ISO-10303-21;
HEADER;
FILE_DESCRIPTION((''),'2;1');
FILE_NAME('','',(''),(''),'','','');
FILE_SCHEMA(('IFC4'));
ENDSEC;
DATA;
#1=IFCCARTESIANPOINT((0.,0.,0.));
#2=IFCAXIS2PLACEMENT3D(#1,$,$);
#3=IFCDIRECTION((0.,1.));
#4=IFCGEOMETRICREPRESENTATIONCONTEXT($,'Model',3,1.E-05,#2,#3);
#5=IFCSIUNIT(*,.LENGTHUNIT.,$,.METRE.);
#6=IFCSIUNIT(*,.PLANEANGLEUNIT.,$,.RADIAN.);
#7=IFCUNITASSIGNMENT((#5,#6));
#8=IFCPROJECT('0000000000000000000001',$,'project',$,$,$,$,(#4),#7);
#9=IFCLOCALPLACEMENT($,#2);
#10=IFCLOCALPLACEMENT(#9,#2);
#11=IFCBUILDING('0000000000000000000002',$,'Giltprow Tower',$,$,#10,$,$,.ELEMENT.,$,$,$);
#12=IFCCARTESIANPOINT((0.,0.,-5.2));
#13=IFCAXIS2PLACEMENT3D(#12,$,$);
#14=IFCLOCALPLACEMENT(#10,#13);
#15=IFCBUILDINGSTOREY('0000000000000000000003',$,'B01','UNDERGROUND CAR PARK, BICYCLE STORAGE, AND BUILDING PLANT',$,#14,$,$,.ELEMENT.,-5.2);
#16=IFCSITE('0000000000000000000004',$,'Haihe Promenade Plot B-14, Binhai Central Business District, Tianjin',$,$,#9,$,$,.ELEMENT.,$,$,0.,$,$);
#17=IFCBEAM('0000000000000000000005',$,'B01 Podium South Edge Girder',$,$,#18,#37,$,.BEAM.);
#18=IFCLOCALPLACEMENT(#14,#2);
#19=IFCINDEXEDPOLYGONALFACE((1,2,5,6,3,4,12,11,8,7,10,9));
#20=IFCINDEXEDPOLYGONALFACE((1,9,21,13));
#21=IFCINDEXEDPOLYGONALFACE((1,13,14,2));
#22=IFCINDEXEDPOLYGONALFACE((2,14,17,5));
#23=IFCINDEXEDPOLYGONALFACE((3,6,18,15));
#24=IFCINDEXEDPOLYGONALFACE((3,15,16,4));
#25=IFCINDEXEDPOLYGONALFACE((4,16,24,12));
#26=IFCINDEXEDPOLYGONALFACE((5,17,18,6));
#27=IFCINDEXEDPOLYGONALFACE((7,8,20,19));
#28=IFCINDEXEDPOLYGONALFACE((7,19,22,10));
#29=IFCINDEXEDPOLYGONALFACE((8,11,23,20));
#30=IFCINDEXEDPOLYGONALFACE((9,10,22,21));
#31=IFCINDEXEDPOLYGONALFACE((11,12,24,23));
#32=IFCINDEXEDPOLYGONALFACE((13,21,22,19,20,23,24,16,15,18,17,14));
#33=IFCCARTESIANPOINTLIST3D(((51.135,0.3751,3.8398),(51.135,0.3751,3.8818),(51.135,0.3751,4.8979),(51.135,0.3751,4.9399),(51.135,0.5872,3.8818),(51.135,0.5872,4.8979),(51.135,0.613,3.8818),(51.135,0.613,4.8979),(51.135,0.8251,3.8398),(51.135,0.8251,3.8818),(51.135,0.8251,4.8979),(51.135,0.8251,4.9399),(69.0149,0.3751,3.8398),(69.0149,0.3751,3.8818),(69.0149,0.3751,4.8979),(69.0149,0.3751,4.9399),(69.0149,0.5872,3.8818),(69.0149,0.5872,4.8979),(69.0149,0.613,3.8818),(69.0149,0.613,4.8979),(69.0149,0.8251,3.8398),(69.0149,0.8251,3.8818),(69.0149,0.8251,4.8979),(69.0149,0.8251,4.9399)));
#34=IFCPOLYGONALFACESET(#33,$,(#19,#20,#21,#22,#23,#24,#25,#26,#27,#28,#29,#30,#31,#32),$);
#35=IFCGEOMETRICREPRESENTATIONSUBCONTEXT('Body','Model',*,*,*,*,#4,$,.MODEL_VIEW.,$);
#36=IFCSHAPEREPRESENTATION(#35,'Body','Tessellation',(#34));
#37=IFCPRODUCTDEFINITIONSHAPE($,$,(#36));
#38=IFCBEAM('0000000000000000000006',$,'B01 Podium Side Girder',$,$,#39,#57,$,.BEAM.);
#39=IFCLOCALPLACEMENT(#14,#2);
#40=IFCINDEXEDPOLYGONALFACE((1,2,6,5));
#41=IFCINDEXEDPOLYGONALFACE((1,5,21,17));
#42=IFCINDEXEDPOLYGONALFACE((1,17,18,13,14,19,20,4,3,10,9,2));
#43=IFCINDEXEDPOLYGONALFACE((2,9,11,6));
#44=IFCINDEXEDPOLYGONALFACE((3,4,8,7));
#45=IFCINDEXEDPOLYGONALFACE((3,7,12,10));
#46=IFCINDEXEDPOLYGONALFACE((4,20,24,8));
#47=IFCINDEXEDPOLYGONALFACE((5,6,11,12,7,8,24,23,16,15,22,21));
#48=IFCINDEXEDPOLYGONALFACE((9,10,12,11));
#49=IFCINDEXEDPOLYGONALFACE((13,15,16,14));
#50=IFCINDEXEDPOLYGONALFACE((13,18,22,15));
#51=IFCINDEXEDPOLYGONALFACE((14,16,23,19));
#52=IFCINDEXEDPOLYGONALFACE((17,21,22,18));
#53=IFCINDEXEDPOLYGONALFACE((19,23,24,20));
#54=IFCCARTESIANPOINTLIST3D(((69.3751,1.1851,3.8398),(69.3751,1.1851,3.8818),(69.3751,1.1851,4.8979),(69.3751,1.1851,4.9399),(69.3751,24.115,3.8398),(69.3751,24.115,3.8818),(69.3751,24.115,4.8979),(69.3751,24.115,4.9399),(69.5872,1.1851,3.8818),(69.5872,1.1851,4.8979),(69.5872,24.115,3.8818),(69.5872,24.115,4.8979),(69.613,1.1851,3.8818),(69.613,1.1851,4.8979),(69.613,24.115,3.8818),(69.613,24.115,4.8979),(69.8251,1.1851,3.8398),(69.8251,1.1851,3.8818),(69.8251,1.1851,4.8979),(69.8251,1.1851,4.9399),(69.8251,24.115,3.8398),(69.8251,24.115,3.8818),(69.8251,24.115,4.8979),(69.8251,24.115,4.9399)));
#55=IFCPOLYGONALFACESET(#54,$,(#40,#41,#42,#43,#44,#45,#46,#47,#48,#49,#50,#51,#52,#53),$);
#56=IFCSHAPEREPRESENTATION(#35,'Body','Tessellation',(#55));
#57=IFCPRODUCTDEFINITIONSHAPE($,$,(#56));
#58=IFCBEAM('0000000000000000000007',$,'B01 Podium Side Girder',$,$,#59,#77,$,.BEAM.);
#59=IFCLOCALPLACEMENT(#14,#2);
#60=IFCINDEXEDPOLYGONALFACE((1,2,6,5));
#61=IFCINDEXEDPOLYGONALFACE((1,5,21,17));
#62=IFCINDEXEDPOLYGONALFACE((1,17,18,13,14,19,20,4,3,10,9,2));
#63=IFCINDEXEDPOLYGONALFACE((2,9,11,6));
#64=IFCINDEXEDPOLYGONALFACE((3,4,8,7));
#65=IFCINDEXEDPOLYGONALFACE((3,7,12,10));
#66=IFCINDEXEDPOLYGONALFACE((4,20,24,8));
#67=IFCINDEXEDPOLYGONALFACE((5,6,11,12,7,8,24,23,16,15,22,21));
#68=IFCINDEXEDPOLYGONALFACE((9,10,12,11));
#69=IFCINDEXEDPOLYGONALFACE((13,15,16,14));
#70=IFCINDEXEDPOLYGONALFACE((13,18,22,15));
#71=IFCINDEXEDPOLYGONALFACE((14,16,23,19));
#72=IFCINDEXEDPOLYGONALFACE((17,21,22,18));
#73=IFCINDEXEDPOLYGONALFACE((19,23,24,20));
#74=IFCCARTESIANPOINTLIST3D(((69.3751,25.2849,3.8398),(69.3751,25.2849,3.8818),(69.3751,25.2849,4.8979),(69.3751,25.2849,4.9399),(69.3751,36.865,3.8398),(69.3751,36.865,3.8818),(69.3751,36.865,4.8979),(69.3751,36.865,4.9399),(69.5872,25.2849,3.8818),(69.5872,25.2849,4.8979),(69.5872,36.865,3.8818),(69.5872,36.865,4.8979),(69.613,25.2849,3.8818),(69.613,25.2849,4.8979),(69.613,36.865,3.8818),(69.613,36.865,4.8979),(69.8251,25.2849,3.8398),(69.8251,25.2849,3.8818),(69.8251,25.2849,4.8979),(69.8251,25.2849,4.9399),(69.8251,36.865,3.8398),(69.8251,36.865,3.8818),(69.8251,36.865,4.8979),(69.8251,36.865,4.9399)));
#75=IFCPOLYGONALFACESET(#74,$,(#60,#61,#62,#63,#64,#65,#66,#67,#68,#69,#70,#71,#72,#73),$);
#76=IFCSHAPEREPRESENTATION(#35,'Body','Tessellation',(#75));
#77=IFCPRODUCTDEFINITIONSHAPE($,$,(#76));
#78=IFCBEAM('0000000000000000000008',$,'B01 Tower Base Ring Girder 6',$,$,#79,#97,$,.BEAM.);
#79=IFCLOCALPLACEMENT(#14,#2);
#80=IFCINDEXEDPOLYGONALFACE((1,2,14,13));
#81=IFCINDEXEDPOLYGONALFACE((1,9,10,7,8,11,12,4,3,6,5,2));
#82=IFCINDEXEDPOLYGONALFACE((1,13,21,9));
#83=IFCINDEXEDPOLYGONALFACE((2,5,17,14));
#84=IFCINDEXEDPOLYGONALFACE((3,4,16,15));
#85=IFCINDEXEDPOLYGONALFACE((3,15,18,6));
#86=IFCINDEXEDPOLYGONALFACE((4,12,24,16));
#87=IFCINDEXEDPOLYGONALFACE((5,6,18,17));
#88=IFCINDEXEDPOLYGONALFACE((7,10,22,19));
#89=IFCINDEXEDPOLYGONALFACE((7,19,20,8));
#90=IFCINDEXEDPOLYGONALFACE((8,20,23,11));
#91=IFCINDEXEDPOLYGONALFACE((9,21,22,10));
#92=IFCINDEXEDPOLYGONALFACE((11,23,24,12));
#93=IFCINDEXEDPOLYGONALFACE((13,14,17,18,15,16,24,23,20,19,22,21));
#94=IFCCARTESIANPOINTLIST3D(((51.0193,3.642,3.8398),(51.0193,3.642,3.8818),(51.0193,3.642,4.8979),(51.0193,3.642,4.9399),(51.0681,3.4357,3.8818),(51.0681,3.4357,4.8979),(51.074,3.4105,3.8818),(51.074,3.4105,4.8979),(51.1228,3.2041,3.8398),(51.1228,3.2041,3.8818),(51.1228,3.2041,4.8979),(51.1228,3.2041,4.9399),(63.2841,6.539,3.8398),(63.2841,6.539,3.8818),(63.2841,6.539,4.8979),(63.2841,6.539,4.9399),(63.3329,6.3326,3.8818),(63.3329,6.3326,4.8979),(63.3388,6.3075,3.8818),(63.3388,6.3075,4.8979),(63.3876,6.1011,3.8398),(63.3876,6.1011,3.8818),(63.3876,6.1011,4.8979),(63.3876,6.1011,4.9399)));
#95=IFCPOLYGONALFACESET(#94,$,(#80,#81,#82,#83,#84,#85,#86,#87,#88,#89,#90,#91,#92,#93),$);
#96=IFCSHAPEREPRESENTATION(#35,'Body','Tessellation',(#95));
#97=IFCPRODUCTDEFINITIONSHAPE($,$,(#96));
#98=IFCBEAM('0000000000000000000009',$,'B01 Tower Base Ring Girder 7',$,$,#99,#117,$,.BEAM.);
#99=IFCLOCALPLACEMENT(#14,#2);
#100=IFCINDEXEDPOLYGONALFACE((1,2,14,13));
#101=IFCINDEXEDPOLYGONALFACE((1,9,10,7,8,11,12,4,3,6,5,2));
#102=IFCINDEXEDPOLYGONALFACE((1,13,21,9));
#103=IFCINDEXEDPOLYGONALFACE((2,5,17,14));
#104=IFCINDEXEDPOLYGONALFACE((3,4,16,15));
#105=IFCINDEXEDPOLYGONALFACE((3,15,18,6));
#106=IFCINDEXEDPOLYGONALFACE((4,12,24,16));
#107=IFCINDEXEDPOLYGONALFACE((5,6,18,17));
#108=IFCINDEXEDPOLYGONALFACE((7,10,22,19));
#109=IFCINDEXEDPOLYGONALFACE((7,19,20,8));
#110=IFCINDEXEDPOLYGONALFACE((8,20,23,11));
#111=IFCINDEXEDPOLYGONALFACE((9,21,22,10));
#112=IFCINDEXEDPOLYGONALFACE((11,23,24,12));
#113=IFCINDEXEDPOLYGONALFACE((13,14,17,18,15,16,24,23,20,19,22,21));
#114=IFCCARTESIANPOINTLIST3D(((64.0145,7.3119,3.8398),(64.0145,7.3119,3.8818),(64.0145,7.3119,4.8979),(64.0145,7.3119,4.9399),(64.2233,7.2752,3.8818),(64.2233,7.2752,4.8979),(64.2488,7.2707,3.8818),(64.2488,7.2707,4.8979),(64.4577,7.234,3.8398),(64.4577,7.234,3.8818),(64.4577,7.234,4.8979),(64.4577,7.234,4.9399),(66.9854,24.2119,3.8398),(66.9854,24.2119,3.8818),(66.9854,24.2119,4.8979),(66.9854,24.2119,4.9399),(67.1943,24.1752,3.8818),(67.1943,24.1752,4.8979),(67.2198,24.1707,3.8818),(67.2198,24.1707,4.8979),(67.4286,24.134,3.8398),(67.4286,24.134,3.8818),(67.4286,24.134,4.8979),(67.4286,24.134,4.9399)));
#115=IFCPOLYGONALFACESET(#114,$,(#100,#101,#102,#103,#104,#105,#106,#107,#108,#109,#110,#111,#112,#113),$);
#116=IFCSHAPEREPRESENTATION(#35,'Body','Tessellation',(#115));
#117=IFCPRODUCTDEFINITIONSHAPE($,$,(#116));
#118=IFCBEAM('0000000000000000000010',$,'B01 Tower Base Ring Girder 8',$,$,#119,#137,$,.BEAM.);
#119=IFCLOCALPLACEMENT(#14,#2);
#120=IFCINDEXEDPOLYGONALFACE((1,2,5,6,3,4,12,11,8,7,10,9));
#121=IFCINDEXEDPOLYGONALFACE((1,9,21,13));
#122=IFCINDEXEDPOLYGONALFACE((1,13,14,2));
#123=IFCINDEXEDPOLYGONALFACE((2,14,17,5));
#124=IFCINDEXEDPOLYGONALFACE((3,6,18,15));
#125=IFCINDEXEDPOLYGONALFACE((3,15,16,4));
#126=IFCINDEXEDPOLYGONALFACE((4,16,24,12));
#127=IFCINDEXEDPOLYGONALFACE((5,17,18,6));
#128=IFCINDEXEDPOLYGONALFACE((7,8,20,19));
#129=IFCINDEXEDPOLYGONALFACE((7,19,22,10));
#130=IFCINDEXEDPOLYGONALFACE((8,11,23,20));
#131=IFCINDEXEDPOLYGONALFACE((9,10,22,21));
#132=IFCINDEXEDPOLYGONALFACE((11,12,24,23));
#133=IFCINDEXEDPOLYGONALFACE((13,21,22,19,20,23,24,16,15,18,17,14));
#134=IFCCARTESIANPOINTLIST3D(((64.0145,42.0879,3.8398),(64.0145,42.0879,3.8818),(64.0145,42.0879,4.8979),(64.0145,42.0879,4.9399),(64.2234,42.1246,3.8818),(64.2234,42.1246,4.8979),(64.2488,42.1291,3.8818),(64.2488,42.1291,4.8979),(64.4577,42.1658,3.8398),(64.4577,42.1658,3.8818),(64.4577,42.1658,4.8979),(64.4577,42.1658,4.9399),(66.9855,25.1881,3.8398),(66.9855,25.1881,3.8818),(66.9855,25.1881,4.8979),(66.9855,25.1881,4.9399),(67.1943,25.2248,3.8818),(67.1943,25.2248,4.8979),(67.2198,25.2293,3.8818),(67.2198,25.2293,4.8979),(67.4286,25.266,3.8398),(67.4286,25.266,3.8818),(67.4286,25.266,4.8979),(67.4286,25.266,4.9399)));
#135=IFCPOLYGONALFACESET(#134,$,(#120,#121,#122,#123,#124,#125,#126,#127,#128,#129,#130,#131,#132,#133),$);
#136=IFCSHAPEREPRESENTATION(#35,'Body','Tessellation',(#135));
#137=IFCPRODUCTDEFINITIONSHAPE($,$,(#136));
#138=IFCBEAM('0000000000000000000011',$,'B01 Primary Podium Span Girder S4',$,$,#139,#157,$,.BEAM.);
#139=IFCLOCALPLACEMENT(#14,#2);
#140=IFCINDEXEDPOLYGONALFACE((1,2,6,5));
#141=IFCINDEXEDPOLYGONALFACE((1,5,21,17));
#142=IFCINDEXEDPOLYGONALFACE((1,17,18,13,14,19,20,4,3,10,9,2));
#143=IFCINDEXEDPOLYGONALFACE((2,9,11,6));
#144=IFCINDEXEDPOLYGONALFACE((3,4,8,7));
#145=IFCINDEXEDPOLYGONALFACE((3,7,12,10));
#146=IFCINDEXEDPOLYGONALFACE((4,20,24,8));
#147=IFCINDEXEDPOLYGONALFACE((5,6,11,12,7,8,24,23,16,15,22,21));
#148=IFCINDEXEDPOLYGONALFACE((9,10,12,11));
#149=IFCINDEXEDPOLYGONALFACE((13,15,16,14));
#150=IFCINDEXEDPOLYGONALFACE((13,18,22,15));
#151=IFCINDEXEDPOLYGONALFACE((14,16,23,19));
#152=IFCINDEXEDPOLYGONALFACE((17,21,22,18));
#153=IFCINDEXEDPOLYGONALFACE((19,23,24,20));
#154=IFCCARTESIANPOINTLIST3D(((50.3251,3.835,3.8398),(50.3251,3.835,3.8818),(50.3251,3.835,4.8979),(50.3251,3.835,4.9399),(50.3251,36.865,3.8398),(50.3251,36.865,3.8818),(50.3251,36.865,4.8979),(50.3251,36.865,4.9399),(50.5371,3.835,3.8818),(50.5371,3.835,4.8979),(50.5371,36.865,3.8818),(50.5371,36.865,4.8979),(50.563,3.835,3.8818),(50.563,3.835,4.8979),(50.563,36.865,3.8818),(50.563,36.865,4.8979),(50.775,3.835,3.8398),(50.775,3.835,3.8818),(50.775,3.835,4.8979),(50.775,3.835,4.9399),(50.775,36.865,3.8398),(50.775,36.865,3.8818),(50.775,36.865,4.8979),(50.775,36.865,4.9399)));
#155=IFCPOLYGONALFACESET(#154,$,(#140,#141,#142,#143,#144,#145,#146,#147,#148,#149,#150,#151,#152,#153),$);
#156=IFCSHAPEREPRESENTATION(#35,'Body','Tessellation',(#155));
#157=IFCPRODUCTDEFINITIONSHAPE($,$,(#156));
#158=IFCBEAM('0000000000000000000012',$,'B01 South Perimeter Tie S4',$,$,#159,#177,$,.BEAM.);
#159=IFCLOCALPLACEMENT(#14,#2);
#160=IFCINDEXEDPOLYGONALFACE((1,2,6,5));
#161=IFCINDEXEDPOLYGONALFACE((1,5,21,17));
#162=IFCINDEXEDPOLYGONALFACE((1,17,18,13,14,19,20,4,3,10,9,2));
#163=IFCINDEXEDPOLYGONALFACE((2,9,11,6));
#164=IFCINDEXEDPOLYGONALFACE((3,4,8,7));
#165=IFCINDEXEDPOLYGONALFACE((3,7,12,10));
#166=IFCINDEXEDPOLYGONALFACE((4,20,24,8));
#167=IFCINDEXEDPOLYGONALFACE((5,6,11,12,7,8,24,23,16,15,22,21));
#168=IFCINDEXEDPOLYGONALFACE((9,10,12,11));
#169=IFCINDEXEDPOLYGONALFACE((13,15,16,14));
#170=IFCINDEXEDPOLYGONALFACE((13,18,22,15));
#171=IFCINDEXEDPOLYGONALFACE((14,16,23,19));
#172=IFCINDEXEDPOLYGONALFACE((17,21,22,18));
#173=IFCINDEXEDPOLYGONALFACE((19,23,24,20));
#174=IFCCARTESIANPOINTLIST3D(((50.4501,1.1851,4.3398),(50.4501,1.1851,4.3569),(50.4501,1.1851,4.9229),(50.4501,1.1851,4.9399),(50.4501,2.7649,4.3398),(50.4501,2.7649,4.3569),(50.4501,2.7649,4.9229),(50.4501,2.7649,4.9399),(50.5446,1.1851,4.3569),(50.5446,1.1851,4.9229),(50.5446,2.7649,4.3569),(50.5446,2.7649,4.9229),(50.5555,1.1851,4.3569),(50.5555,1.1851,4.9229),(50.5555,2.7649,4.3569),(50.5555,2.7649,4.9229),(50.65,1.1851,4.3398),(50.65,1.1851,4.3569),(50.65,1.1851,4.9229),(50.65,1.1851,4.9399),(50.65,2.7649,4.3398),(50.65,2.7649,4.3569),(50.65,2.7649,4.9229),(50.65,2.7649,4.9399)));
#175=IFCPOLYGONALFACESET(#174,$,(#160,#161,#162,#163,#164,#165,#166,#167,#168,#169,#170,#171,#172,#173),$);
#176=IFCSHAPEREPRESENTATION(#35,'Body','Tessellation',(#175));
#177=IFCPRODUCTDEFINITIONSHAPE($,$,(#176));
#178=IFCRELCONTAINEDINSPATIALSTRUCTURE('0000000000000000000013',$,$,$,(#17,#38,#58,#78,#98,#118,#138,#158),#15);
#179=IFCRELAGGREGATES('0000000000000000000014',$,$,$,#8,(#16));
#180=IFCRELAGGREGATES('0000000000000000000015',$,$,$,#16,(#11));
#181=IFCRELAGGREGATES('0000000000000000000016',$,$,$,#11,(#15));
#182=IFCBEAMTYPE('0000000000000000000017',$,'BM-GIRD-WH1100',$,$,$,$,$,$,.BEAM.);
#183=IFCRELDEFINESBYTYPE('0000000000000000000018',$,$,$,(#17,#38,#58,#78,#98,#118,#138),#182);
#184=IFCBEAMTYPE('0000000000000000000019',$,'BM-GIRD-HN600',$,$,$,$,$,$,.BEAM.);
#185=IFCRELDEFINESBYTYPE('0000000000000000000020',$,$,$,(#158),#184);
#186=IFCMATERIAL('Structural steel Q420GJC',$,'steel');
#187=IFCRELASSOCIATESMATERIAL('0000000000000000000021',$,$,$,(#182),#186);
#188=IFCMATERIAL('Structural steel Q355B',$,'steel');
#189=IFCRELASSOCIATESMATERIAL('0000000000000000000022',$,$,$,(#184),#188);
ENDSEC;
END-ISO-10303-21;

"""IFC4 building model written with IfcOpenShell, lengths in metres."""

from ifc_helpers import new_model, si_unit, direction, frame, origin, origin_2d, place, context, subcontext, project, spatial, i_section, extrude, source, transform, mapped, material, material_profile, profile_set, type_object, element, save


model = new_model("IFC4")

# Units and contexts
model_context = context("Model", 3, precision=1e-05, world=origin(), true_north=direction((0.0, 1.0)))
body_context = subcontext(model_context, "Body", "Model", "MODEL_VIEW")
ifc_project = project(units=[si_unit("LENGTHUNIT", "METRE"), si_unit("PLANEANGLEUNIT", "RADIAN")], contexts=[model_context])

# Site, building, storey
site_placement = place(None, origin())
site = spatial("IfcSite", under=ifc_project, at=site_placement, Name="Haihe Promenade Plot B-14, Binhai Central Business District, Tianjin", CompositionType="ELEMENT", RefElevation=0.0)
building_placement = place(site_placement, origin())
building = spatial("IfcBuilding", under=site, at=building_placement, Name="Giltprow Tower", CompositionType="ELEMENT")
storey_placement = place(building_placement, frame((0.0, 0.0, -5.2)))
storey = spatial("IfcBuildingStorey", under=building, at=storey_placement, Name="B01", Description="UNDERGROUND CAR PARK, BICYCLE STORAGE, AND BUILDING PLANT", CompositionType="ELEMENT", Elevation=-5.2)

# Shared definitions
ifc_material_1 = material(Name="Structural steel Q420GJC", Category="steel")

# Beams
ifc_material_profile_1 = material_profile(ifc_material_1, i_section(OverallWidth=0.45, OverallDepth=1.1001, WebThickness=0.0259, FlangeThickness=0.042, at=origin_2d()), Name="WH 1100x450x26x42")
ifc_profile_set_1 = profile_set([ifc_material_profile_1], Name="Structural steel Q420GJC")
beam_type_1 = type_object("IfcBeamType", Name="BM-GIRD-WH1100", PredefinedType="BEAM", material=ifc_profile_set_1)
shared_shape_1 = source(origin(), body_context, "Body", "SweptSolid", [
    extrude(i_section(OverallWidth=0.45, OverallDepth=1.1001, WebThickness=0.0259, FlangeThickness=0.042, at=origin_2d()), origin(), (0.0, 0.0, 1.0), 17.8799),
])
beam_1_placement = place(storey_placement, frame((51.135, 0.6001, 4.3899), z_axis=(1.0, 0.0, 0.0), x_axis=(0.0, 1.0, 0.0)))
element("IfcBeam", 1, at=beam_1_placement, inside=storey, type_object=beam_type_1, Name="B01 Podium South Edge Girder", PredefinedType="BEAM", context=body_context, shape_type="MappedRepresentation", body=[
    mapped(shared_shape_1, transform((0.0, 0.0, 0.0), x_axis=(1.0, 0.0, 0.0), y_axis=(0.0, 1.0, 0.0), z_axis=(0.0, 0.0, 1.0), scale=1.0)),
])
shared_shape_2 = source(origin(), body_context, "Body", "SweptSolid", [
    extrude(i_section(OverallWidth=0.45, OverallDepth=1.1001, WebThickness=0.0259, FlangeThickness=0.042, at=origin_2d()), origin(), (0.0, 0.0, 1.0), 22.9299),
])
beam_2_placement = place(storey_placement, frame((69.6001, 1.1851, 4.3899), z_axis=(0.0, 1.0, 0.0), x_axis=(-1.0, 0.0, 0.0)))
element("IfcBeam", 2, at=beam_2_placement, inside=storey, type_object=beam_type_1, Name="B01 Podium Side Girder", PredefinedType="BEAM", context=body_context, shape_type="MappedRepresentation", body=[
    mapped(shared_shape_2, transform((0.0, 0.0, 0.0), x_axis=(1.0, 0.0, 0.0), y_axis=(0.0, 1.0, 0.0), z_axis=(0.0, 0.0, 1.0), scale=1.0)),
])
shared_shape_3 = source(origin(), body_context, "Body", "SweptSolid", [
    extrude(i_section(OverallWidth=0.45, OverallDepth=1.1001, WebThickness=0.0259, FlangeThickness=0.042, at=origin_2d()), origin(), (0.0, 0.0, 1.0), 11.5801),
])
beam_3_placement = place(storey_placement, frame((69.6001, 25.2849, 4.3899), z_axis=(0.0, 1.0, 0.0), x_axis=(-1.0, 0.0, 0.0)))
element("IfcBeam", 3, at=beam_3_placement, inside=storey, type_object=beam_type_1, Name="B01 Podium Side Girder", PredefinedType="BEAM", context=body_context, shape_type="MappedRepresentation", body=[
    mapped(shared_shape_3, transform((0.0, 0.0, 0.0), x_axis=(1.0, 0.0, 0.0), y_axis=(0.0, 1.0, 0.0), z_axis=(0.0, 0.0, 1.0), scale=1.0)),
])
shared_shape_4 = source(origin(), body_context, "Body", "SweptSolid", [
    extrude(i_section(OverallWidth=0.45, OverallDepth=1.1001, WebThickness=0.0259, FlangeThickness=0.042, at=origin_2d()), origin(), (0.0, 0.0, 1.0), 12.6023),
])
beam_4_placement = place(storey_placement, frame((51.071, 3.4231, 4.3899), z_axis=(0.97322, 0.229875, 0.0), x_axis=(-0.229875, 0.97322, 0.0)))
element("IfcBeam", 4, at=beam_4_placement, inside=storey, type_object=beam_type_1, Name="B01 Tower Base Ring Girder 6", PredefinedType="BEAM", context=body_context, shape_type="MappedRepresentation", body=[
    mapped(shared_shape_4, transform((0.0, 0.0, 0.0), x_axis=(1.0, 0.0, 0.0), y_axis=(0.0, 1.0, 0.0), z_axis=(0.0, 0.0, 1.0), scale=1.0)),
])
shared_shape_5 = source(origin(), body_context, "Body", "SweptSolid", [
    extrude(i_section(OverallWidth=0.45, OverallDepth=1.1001, WebThickness=0.0259, FlangeThickness=0.042, at=origin_2d()), origin(), (0.0, 0.0, 1.0), 17.1592),
])
beam_5_placement = place(storey_placement, frame((64.2361, 7.2729, 4.3899), z_axis=(0.173139, 0.984897, 0.0), x_axis=(-0.984897, 0.173139, 0.0)))
element("IfcBeam", 5, at=beam_5_placement, inside=storey, type_object=beam_type_1, Name="B01 Tower Base Ring Girder 7", PredefinedType="BEAM", context=body_context, shape_type="MappedRepresentation", body=[
    mapped(shared_shape_5, transform((0.0, 0.0, 0.0), x_axis=(1.0, 0.0, 0.0), y_axis=(0.0, 1.0, 0.0), z_axis=(0.0, 0.0, 1.0), scale=1.0)),
])
shared_shape_6 = source(origin(), body_context, "Body", "SweptSolid", [
    extrude(i_section(OverallWidth=0.45, OverallDepth=1.1001, WebThickness=0.0259, FlangeThickness=0.042, at=origin_2d()), origin(), (0.0, 0.0, 1.0), 17.1589),
])
beam_6_placement = place(storey_placement, frame((67.207, 25.2271, 4.3899), z_axis=(-0.173142, 0.984897, 0.0), x_axis=(-0.984897, -0.173142, 0.0)))
element("IfcBeam", 6, at=beam_6_placement, inside=storey, type_object=beam_type_1, Name="B01 Tower Base Ring Girder 8", PredefinedType="BEAM", context=body_context, shape_type="MappedRepresentation", body=[
    mapped(shared_shape_6, transform((0.0, 0.0, 0.0), x_axis=(1.0, 0.0, 0.0), y_axis=(0.0, 1.0, 0.0), z_axis=(0.0, 0.0, 1.0), scale=1.0)),
])
shared_shape_7 = source(origin(), body_context, "Body", "SweptSolid", [
    extrude(i_section(OverallWidth=0.45, OverallDepth=1.1001, WebThickness=0.0259, FlangeThickness=0.042, at=origin_2d()), origin(), (0.0, 0.0, 1.0), 33.03),
])
beam_7_placement = place(storey_placement, frame((50.55, 3.835, 4.3899), z_axis=(0.0, 1.0, 0.0), x_axis=(-1.0, 0.0, 0.0)))
element("IfcBeam", 7, at=beam_7_placement, inside=storey, type_object=beam_type_1, Name="B01 Primary Podium Span Girder S4", PredefinedType="BEAM", context=body_context, shape_type="MappedRepresentation", body=[
    mapped(shared_shape_7, transform((0.0, 0.0, 0.0), x_axis=(1.0, 0.0, 0.0), y_axis=(0.0, 1.0, 0.0), z_axis=(0.0, 0.0, 1.0), scale=1.0)),
])
ifc_material_2 = material(Name="Structural steel Q355B", Category="steel")
ifc_material_profile_2 = material_profile(ifc_material_2, i_section(OverallWidth=0.2, OverallDepth=0.6001, WebThickness=0.011, FlangeThickness=0.0171, at=origin_2d()), Name="HN 600x200x11x17")
ifc_profile_set_2 = profile_set([ifc_material_profile_2], Name="Structural steel Q355B")
beam_type_2 = type_object("IfcBeamType", Name="BM-GIRD-HN600", PredefinedType="BEAM", material=ifc_profile_set_2)
shared_shape_8 = source(origin(), body_context, "Body", "SweptSolid", [
    extrude(i_section(OverallWidth=0.2, OverallDepth=0.6001, WebThickness=0.011, FlangeThickness=0.0171, at=origin_2d()), origin(), (0.0, 0.0, 1.0), 1.5798),
])
beam_8_placement = place(storey_placement, frame((50.55, 1.1851, 4.6399), z_axis=(0.0, 1.0, 0.0), x_axis=(-1.0, 0.0, 0.0)))
element("IfcBeam", 8, at=beam_8_placement, inside=storey, type_object=beam_type_2, Name="B01 South Perimeter Tie S4", PredefinedType="BEAM", context=body_context, shape_type="MappedRepresentation", body=[
    mapped(shared_shape_8, transform((0.0, 0.0, 0.0), x_axis=(1.0, 0.0, 0.0), y_axis=(0.0, 1.0, 0.0), z_axis=(0.0, 0.0, 1.0), scale=1.0)),
])

save(model, "model.ifc")
